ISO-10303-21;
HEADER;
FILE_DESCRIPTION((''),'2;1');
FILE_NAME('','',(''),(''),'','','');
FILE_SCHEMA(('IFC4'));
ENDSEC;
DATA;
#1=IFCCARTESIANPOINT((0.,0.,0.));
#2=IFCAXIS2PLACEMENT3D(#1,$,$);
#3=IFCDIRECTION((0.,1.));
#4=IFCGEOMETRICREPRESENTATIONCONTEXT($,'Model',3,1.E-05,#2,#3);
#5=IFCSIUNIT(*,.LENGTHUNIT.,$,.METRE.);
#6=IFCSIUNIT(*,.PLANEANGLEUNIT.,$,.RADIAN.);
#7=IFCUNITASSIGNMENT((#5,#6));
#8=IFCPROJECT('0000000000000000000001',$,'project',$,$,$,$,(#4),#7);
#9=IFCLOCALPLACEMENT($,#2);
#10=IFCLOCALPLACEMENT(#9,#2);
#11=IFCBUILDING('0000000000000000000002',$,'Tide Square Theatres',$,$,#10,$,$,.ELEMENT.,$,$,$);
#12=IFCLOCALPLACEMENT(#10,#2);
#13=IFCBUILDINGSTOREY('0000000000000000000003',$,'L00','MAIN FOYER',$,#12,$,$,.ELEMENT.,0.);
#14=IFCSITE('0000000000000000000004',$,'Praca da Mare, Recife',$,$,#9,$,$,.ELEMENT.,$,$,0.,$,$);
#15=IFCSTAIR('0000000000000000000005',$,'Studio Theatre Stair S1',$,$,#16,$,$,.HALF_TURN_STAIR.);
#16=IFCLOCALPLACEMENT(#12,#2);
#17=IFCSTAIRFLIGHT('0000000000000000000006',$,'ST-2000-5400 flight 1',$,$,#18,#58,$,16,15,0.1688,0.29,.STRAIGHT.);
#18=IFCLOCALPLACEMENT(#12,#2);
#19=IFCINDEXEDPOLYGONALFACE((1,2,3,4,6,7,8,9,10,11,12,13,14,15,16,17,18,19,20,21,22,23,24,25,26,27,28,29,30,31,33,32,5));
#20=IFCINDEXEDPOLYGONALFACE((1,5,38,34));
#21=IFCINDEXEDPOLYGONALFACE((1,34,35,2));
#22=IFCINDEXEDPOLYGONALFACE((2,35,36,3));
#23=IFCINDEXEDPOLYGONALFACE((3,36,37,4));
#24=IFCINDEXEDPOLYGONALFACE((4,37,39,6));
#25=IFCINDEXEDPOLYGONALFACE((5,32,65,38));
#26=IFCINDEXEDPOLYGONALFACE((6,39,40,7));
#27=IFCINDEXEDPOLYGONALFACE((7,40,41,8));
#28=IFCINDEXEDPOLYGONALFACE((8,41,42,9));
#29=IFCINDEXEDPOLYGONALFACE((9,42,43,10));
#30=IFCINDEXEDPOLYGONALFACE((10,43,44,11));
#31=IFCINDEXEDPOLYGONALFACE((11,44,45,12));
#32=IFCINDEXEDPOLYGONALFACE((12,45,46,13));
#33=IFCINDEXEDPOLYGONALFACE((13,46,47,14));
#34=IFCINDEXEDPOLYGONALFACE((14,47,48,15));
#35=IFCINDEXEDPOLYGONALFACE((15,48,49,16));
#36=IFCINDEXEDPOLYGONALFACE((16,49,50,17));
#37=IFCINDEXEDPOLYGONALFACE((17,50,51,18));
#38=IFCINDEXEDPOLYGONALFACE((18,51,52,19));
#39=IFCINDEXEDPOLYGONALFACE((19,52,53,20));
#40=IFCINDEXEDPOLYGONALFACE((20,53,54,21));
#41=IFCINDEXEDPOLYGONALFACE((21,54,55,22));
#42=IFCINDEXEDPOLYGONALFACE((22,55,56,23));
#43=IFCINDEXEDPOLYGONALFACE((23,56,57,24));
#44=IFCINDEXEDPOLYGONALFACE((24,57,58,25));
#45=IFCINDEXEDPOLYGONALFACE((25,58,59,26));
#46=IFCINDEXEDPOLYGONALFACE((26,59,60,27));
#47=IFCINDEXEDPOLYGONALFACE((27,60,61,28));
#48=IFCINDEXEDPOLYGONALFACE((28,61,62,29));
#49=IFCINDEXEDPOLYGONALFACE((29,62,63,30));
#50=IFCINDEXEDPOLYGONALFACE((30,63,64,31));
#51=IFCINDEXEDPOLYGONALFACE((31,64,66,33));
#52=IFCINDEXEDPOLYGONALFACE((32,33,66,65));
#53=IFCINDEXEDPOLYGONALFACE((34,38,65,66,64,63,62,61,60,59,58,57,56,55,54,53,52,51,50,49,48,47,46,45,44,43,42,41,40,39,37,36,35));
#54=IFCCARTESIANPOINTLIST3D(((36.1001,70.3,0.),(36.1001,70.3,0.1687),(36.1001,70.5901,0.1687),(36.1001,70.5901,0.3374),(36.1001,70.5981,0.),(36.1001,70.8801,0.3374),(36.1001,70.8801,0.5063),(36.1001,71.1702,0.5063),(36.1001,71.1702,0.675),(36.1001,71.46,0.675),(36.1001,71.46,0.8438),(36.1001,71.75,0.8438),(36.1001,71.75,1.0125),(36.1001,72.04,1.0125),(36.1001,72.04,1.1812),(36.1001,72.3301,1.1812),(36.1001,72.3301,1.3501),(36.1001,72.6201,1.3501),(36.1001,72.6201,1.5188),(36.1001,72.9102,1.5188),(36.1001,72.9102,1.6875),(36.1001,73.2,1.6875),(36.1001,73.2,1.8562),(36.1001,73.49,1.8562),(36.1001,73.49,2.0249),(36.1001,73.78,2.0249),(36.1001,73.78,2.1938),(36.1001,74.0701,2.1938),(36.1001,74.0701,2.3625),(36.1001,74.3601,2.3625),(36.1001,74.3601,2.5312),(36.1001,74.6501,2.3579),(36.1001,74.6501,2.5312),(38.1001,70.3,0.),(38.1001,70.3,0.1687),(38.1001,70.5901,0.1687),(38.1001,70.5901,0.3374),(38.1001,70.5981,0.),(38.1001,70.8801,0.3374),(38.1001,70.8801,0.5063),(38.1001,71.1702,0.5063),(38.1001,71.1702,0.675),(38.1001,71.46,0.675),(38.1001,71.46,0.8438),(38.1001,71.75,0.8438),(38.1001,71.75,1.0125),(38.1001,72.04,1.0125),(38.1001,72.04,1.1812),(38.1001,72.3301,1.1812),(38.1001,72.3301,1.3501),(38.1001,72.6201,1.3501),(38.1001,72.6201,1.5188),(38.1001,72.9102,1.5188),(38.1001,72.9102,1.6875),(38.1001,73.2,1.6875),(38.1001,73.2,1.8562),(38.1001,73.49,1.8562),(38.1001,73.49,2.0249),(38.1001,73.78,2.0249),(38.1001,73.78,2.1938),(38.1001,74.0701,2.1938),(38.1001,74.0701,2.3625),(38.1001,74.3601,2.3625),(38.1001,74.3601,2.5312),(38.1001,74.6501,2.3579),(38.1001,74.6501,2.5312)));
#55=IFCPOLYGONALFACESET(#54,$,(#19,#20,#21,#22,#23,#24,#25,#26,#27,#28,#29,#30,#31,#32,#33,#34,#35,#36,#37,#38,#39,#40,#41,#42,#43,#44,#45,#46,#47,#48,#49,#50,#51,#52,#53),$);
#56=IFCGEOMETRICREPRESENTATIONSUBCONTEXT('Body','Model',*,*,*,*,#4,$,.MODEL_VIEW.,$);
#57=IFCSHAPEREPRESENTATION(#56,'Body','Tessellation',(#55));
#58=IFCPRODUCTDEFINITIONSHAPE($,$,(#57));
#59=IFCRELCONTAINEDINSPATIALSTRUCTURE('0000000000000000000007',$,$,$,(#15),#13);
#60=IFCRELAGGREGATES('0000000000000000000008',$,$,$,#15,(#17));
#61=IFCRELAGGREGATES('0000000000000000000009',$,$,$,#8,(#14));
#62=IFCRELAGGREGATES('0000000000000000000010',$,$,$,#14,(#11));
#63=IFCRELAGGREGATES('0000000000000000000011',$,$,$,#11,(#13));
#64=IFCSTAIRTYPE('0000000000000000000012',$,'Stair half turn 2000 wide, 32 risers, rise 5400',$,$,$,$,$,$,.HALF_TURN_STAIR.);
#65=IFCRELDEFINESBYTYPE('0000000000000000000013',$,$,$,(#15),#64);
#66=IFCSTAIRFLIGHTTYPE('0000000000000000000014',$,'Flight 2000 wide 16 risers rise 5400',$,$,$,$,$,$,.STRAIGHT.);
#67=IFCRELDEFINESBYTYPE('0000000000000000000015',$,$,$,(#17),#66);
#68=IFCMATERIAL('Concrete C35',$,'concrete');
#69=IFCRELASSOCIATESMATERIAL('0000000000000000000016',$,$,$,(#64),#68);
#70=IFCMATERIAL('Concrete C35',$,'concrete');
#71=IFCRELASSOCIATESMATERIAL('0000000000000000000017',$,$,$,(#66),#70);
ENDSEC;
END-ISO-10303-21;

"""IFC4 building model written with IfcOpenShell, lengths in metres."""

from ifc_helpers import new_model, si_unit, direction, frame, origin, place, context, subcontext, project, spatial, polyline, outline, extrude, material, type_object, element, aggregate, save


model = new_model("IFC4")

# Units and contexts
model_context = context("Model", 3, precision=1e-05, world=origin(), true_north=direction((0.0, 1.0)))
body_context = subcontext(model_context, "Body", "Model", "MODEL_VIEW")
ifc_project = project(units=[si_unit("LENGTHUNIT", "METRE"), si_unit("PLANEANGLEUNIT", "RADIAN")], contexts=[model_context])

# Site, building, storey
site_placement = place(None, origin())
site = spatial("IfcSite", under=ifc_project, at=site_placement, Name="Praca da Mare, Recife", CompositionType="ELEMENT", RefElevation=0.0)
building_placement = place(site_placement, origin())
building = spatial("IfcBuilding", under=site, at=building_placement, Name="Tide Square Theatres", CompositionType="ELEMENT")
storey_placement = place(building_placement, origin())
storey = spatial("IfcBuildingStorey", under=building, at=storey_placement, Name="L00", Description="MAIN FOYER", CompositionType="ELEMENT", Elevation=0.0)

# Stair, stair flight
ifc_material_1 = material(Name="Concrete C35", Category="concrete")
stair_type = type_object("IfcStairType", Name="Stair half turn 2000 wide, 32 risers, rise 5400", PredefinedType="HALF_TURN_STAIR", material=ifc_material_1)
stair_placement = place(storey_placement, origin())
stair = element("IfcStair", 1, at=stair_placement, inside=storey, type_object=stair_type, Name="Studio Theatre Stair S1", PredefinedType="HALF_TURN_STAIR")
ifc_material_2 = material(Name="Concrete C35", Category="concrete")
stair_flight_type = type_object("IfcStairFlightType", Name="Flight 2000 wide 16 risers rise 5400", PredefinedType="STRAIGHT", material=ifc_material_2)
stair_flight_placement = place(storey_placement, frame((37.1001, 70.3, 0.0), z_axis=(0.0, 0.0, 1.0), x_axis=(0.0, 1.0, 0.0)))
stair_flight = element("IfcStairFlight", 2, at=stair_flight_placement, type_object=stair_flight_type, Name="ST-2000-5400 flight 1", NumberOfRisers=16, NumberOfTreads=15, PredefinedType="STRAIGHT", RiserHeight=0.1688, TreadLength=0.29, context=body_context, shape_type="SweptSolid", body=[
    extrude(outline(polyline([(0.0, 0.0), (0.0, 0.1687), (0.29, 0.1687), (0.29, 0.3374), (0.5801, 0.3374), (0.5801, 0.5063), (0.8701, 0.5063), (0.8701, 0.675), (1.1599, 0.675), (1.1599, 0.8438), (1.45, 0.8438), (1.45, 1.0125), (1.74, 1.0125), (1.74, 1.1812), (2.03, 1.1812), (2.03, 1.3501), (2.3201, 1.3501), (2.3201, 1.5188), (2.6101, 1.5188), (2.6101, 1.6875), (2.8999, 1.6875), (2.8999, 1.8562), (3.1899, 1.8562), (3.1899, 2.0249), (3.48, 2.0249), (3.48, 2.1938), (3.77, 2.1938), (3.77, 2.3625), (4.0601, 2.3625), (4.0601, 2.5312), (4.3501, 2.5312), (4.3501, 2.7), (4.3501, 2.3579), (0.2981, 0.0), (0.0, 0.0)])), frame((0.0, 1.0, 0.0), z_axis=(0.0, -1.0, 0.0), x_axis=(1.0, 0.0, 0.0)), (0.0, 0.0, 1.0), 2.0),
])
aggregate(stair, [stair_flight])

save(model, "model.ifc")
